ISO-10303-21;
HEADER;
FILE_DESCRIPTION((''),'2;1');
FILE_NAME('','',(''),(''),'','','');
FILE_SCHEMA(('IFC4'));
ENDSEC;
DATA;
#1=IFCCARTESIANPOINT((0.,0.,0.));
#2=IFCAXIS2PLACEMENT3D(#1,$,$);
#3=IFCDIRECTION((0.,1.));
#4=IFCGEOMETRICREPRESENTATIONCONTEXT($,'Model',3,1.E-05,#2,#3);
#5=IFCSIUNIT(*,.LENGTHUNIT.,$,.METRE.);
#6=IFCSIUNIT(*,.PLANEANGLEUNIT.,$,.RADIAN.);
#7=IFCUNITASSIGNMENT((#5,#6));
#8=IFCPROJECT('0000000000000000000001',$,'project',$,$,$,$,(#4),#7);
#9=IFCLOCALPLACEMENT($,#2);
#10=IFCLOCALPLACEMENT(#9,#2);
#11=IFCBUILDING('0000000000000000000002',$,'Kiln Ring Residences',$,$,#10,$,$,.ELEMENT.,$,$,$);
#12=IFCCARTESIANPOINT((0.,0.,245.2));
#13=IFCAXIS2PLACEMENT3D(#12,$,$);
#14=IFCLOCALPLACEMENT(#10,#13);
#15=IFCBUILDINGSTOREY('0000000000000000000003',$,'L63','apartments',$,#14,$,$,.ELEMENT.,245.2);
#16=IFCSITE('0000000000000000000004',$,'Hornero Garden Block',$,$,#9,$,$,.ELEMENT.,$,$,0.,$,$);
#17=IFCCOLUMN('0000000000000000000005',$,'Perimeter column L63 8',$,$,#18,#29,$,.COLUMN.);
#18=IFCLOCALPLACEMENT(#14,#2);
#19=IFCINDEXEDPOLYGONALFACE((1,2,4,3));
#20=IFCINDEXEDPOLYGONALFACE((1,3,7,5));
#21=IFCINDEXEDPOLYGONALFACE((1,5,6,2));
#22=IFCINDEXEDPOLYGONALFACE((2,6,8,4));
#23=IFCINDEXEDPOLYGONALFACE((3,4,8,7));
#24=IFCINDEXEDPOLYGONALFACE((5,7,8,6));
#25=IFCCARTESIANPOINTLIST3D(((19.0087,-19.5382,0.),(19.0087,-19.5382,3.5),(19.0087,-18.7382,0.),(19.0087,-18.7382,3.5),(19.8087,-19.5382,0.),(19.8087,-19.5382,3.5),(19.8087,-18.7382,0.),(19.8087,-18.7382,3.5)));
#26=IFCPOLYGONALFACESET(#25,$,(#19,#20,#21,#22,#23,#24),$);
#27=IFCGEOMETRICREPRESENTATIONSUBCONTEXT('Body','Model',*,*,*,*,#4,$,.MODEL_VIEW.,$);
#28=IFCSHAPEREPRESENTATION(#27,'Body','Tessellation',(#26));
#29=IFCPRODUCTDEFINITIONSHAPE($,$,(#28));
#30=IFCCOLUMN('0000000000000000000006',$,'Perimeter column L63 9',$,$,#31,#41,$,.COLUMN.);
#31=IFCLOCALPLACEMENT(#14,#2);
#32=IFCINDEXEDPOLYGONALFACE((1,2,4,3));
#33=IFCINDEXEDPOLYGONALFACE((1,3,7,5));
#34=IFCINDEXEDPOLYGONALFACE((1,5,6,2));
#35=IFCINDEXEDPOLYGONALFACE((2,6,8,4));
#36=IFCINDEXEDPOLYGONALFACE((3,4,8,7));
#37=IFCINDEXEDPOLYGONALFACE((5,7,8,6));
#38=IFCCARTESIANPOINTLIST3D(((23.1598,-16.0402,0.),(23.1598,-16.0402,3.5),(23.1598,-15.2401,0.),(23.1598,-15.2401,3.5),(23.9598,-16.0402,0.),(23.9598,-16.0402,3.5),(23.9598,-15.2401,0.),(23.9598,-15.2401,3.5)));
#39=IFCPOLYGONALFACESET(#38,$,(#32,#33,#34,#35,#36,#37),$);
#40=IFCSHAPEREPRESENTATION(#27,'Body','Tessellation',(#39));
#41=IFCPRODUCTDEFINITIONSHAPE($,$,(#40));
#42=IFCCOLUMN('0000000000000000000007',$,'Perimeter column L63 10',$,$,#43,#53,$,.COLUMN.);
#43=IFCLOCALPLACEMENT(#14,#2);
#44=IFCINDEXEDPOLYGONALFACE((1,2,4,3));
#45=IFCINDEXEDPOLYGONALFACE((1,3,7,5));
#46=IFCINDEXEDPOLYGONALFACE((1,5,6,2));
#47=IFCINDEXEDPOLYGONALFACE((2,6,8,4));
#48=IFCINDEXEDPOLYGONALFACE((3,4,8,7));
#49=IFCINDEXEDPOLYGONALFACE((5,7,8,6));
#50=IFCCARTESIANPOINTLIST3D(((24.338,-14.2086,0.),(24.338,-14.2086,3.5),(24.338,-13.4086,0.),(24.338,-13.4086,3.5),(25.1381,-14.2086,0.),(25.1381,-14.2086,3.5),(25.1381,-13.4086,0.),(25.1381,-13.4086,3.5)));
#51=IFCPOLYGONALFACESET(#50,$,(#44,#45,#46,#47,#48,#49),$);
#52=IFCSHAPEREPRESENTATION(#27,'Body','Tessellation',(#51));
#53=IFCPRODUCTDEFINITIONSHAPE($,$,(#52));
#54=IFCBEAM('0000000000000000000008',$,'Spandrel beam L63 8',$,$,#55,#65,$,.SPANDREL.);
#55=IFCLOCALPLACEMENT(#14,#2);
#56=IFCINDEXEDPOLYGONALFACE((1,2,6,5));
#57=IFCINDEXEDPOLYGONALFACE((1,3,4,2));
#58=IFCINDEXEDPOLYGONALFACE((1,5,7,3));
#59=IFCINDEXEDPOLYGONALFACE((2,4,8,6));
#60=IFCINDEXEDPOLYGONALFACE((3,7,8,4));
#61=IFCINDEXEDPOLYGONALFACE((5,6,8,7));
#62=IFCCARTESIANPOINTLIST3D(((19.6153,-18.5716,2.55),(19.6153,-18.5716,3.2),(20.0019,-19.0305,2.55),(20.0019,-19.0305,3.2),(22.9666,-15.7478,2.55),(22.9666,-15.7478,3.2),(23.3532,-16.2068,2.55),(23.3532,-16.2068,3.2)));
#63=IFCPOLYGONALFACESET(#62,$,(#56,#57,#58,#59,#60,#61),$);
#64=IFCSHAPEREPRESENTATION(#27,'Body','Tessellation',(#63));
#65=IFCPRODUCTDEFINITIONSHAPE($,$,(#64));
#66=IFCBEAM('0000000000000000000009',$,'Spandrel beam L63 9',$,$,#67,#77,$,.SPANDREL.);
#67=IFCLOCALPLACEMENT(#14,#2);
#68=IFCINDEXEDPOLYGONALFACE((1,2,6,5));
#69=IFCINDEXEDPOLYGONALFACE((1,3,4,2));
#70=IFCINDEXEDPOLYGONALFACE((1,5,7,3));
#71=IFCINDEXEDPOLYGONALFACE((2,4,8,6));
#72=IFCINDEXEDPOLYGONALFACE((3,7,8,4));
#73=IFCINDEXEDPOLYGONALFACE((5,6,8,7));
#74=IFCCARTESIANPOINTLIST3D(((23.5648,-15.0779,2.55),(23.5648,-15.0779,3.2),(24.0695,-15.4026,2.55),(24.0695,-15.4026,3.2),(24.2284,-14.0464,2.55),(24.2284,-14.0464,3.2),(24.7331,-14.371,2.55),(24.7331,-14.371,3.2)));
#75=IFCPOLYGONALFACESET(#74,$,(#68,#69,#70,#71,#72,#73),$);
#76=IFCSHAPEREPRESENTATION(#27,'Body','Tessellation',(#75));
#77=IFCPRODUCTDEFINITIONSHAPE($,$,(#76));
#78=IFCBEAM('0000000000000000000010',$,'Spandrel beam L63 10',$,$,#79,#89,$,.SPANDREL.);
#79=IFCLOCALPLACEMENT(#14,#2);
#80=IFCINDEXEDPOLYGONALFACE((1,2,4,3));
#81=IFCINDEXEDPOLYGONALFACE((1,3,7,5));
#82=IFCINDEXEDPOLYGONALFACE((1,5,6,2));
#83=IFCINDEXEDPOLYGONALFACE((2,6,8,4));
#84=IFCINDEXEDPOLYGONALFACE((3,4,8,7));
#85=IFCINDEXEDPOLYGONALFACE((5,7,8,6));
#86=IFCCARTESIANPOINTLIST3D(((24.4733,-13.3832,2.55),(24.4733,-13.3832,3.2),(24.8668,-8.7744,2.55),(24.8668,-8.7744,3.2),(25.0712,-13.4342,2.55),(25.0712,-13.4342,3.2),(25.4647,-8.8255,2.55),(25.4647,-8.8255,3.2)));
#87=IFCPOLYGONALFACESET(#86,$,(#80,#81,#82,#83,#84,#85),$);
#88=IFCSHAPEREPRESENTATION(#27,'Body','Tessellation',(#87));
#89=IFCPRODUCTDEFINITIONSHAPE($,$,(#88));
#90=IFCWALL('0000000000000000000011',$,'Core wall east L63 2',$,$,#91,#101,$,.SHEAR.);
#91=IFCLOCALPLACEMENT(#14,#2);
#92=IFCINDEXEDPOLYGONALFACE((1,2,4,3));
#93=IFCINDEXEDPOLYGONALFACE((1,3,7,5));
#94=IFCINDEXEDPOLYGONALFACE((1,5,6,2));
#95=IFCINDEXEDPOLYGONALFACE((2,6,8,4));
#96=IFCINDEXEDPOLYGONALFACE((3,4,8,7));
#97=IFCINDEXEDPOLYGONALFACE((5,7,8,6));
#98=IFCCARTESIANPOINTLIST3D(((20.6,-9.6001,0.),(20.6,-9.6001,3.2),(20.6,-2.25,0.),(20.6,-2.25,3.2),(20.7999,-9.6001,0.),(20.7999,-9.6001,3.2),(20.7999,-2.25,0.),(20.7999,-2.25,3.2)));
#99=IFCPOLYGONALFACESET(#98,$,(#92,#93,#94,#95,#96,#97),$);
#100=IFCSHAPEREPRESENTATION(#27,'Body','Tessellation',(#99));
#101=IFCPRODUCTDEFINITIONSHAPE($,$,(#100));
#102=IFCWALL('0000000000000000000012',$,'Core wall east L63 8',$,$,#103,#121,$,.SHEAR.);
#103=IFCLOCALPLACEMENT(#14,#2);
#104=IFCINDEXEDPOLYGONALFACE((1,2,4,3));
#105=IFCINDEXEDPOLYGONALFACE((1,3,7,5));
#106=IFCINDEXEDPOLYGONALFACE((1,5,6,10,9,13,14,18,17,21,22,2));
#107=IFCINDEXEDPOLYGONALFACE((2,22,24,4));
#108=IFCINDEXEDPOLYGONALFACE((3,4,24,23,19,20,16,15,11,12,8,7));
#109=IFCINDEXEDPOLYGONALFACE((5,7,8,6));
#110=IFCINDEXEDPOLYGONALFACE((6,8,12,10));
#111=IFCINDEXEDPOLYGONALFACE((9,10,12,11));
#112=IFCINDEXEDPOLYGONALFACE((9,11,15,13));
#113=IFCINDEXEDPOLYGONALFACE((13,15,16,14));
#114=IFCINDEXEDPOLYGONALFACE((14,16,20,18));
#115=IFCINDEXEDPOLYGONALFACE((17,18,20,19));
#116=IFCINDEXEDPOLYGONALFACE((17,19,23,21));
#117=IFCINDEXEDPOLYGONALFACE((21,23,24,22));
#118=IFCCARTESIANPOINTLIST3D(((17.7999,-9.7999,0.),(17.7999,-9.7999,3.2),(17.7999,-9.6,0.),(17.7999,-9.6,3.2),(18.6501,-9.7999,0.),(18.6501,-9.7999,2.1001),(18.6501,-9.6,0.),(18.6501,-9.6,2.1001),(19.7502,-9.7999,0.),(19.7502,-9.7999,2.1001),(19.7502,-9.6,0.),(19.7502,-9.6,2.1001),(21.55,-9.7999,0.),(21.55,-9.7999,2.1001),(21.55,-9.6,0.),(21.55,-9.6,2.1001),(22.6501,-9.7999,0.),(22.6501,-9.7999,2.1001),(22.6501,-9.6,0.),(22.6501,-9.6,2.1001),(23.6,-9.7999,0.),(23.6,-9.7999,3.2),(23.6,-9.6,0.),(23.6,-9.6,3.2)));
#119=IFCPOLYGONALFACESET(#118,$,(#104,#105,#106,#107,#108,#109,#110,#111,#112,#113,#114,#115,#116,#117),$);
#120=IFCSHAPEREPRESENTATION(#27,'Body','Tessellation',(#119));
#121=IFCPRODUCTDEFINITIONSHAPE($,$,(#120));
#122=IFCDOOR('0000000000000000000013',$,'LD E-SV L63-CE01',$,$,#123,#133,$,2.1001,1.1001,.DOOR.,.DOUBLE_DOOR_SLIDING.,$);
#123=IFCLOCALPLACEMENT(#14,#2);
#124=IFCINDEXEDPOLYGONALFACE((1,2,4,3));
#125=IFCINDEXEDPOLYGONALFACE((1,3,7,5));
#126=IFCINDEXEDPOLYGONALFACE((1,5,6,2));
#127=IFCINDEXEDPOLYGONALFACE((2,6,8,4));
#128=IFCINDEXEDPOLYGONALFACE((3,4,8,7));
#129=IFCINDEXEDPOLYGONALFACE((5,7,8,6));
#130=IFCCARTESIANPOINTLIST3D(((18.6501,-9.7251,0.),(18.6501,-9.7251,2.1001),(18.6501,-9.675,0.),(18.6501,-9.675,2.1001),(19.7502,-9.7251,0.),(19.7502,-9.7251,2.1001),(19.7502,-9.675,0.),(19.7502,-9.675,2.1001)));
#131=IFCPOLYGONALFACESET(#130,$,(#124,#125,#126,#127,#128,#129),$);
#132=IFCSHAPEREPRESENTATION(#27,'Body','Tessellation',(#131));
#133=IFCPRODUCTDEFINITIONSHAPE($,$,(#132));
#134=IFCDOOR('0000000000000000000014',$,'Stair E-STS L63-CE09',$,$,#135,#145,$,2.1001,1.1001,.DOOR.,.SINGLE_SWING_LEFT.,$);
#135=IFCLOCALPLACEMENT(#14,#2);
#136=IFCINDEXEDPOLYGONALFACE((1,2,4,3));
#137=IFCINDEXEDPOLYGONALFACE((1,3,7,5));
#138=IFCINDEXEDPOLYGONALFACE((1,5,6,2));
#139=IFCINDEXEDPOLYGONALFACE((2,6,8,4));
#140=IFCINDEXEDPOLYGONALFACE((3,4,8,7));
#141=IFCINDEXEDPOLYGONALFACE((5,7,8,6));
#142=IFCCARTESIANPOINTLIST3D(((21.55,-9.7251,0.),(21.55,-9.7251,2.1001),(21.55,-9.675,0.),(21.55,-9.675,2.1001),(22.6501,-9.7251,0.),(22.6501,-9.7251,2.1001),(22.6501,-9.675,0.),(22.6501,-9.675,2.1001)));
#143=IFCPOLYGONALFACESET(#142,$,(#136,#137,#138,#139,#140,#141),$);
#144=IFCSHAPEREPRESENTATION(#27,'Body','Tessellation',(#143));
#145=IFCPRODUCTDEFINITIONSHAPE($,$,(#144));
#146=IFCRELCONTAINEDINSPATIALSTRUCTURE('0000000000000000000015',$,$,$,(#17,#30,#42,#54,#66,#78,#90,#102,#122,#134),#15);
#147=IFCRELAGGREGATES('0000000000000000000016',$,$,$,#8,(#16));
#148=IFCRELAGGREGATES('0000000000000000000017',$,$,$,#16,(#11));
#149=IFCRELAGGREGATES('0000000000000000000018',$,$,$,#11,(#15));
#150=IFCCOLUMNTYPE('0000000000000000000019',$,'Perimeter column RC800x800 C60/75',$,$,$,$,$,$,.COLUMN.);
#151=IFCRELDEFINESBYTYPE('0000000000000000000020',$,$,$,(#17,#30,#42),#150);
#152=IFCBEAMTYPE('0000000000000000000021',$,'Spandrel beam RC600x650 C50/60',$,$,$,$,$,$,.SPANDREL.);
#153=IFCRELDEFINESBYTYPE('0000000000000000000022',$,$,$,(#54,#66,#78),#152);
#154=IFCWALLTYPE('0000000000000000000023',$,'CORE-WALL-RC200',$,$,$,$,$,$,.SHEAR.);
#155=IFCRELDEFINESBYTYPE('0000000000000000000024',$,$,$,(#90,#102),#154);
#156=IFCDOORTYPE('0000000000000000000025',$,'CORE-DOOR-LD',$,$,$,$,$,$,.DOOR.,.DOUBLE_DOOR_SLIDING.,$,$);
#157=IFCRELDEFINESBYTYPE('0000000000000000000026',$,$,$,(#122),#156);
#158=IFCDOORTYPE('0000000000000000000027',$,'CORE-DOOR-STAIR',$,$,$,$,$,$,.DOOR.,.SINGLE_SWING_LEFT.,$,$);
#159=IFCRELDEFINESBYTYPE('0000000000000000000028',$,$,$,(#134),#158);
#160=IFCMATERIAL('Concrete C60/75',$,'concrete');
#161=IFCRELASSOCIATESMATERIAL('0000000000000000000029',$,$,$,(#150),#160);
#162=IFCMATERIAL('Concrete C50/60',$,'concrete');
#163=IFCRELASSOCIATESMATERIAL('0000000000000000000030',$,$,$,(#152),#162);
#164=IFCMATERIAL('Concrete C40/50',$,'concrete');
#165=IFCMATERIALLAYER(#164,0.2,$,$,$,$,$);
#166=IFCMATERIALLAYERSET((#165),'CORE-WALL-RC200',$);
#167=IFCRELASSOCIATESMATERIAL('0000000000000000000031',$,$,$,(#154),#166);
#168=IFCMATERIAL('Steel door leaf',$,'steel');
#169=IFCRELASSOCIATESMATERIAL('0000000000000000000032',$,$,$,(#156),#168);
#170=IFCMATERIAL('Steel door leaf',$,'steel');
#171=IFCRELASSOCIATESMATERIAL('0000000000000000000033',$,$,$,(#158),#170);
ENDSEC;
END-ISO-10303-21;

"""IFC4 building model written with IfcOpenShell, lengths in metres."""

from ifc_helpers import new_model, si_unit, direction, frame, frame_2d, origin, origin_2d, place, context, subcontext, project, spatial, rectangle, extrude, material, layer, layer_set, material_profile, profile_set, type_object, element, fill, save


model = new_model("IFC4")

# Units and contexts
model_context = context("Model", 3, precision=1e-05, world=origin(), true_north=direction((0.0, 1.0)))
body_context = subcontext(model_context, "Body", "Model", "MODEL_VIEW")
ifc_project = project(units=[si_unit("LENGTHUNIT", "METRE"), si_unit("PLANEANGLEUNIT", "RADIAN")], contexts=[model_context])

# Site, building, storey
site_placement = place(None, origin())
site = spatial("IfcSite", under=ifc_project, at=site_placement, Name="Hornero Garden Block", CompositionType="ELEMENT", RefElevation=0.0)
building_placement = place(site_placement, origin())
building = spatial("IfcBuilding", under=site, at=building_placement, Name="Kiln Ring Residences", CompositionType="ELEMENT")
storey_placement = place(building_placement, frame((0.0, 0.0, 245.2)))
storey = spatial("IfcBuildingStorey", under=building, at=storey_placement, Name="L63", Description="apartments", CompositionType="ELEMENT", Elevation=245.2)

# Columns
ifc_material_1 = material(Name="Concrete C60/75", Category="concrete")
ifc_material_profile_1 = material_profile(ifc_material_1, rectangle(XDim=0.8, YDim=0.8, at=origin_2d()), Name="RC800x800")
ifc_profile_set_1 = profile_set([ifc_material_profile_1], Name="Concrete C60/75")
column_type = type_object("IfcColumnType", Name="Perimeter column RC800x800 C60/75", PredefinedType="COLUMN", material=ifc_profile_set_1)
for number, where, z_axis, x_axis, name in (
    (1, (19.4087, -19.1382, 0.0), (0.0, 0.0, 1.0), (1.0, 0.0, 0.0), "Perimeter column L63 8"),
    (2, (23.5598, -15.6401, 0.0), (0.0, 0.0, 1.0), (1.0, 0.0, 0.0), "Perimeter column L63 9"),
    (3, (24.738, -13.8086, 0.0), (0.0, 0.0, 1.0), (1.0, 0.0, 0.0), "Perimeter column L63 10"),
):
    element("IfcColumn", number, at=place(storey_placement, frame(where, z_axis=z_axis, x_axis=x_axis)), inside=storey, type_object=column_type, Name=name, PredefinedType="COLUMN", context=body_context, shape_type="SweptSolid", body=[
        extrude(rectangle(XDim=0.8, YDim=0.8, at=origin_2d()), origin(), (0.0, 0.0, 1.0), 3.5),
    ])

# Beams
ifc_material_2 = material(Name="Concrete C50/60", Category="concrete")
ifc_material_profile_2 = material_profile(ifc_material_2, rectangle(XDim=0.6001, YDim=0.6499, at=origin_2d()), Name="RC600x650")
ifc_profile_set_2 = profile_set([ifc_material_profile_2], Name="Concrete C50/60")
beam_type = type_object("IfcBeamType", Name="Spandrel beam RC600x650 C50/60", PredefinedType="SPANDREL", material=ifc_profile_set_2)
beam_1_placement = place(storey_placement, frame((19.8086, -18.801, 2.875), z_axis=(0.764735, 0.644345, 0.0), x_axis=(-0.644345, 0.764735, 0.0)))
element("IfcBeam", 4, at=beam_1_placement, inside=storey, type_object=beam_type, Name="Spandrel beam L63 8", PredefinedType="SPANDREL", context=body_context, shape_type="SweptSolid", body=[
    extrude(rectangle(XDim=0.6001, YDim=0.6499, at=origin_2d()), origin(), (0.0, 0.0, 1.0), 4.3823),
])
beam_2_placement = place(storey_placement, frame((23.8171, -15.2402, 2.875), z_axis=(0.541029, 0.841004, 0.0), x_axis=(-0.841004, 0.541029, 0.0)))
element("IfcBeam", 5, at=beam_2_placement, inside=storey, type_object=beam_type, Name="Spandrel beam L63 9", PredefinedType="SPANDREL", context=body_context, shape_type="SweptSolid", body=[
    extrude(rectangle(XDim=0.6001, YDim=0.6499, at=origin_2d()), origin(), (0.0, 0.0, 1.0), 1.2266),
])
beam_3_placement = place(storey_placement, frame((24.7722, -13.4087, 2.875), z_axis=(0.085085, 0.996374, 0.0), x_axis=(-0.996374, 0.085085, 0.0)))
element("IfcBeam", 6, at=beam_3_placement, inside=storey, type_object=beam_type, Name="Spandrel beam L63 10", PredefinedType="SPANDREL", context=body_context, shape_type="SweptSolid", body=[
    extrude(rectangle(XDim=0.6001, YDim=0.6499, at=origin_2d()), origin(), (0.0, 0.0, 1.0), 4.6255),
])

# Wall
ifc_material_3 = material(Name="Concrete C40/50", Category="concrete")
ifc_layer_1 = layer(ifc_material_3, 0.2)
ifc_layer_set_1 = layer_set([ifc_layer_1], Name="CORE-WALL-RC200")
wall_type_1 = type_object("IfcWallType", Name="CORE-WALL-RC200", PredefinedType="SHEAR", material=ifc_layer_set_1)
wall_1_placement = place(storey_placement, frame((20.7, -9.6001, 0.0), z_axis=(0.0, 0.0, 1.0), x_axis=(0.0, 1.0, 0.0)))
element("IfcWall", 7, at=wall_1_placement, inside=storey, type_object=wall_type_1, Name="Core wall east L63 2", PredefinedType="SHEAR", context=body_context, shape_type="SweptSolid", body=[
    extrude(rectangle(XDim=7.3501, YDim=0.2, at=frame_2d((3.675, 0.0))), origin(), (0.0, 0.0, 1.0), 3.2),
])

# Wall, openings, doors
wall_2_placement = place(storey_placement, frame((17.8, -9.7, 0.0), z_axis=(0.0, 0.0, 1.0), x_axis=(1.0, 0.0, 0.0)))
wall_2 = element("IfcWall", 8, at=wall_2_placement, inside=storey, type_object=wall_type_1, Name="Core wall east L63 8", PredefinedType="SHEAR", context=body_context, shape_type="SweptSolid", body=[
    extrude(rectangle(XDim=5.8, YDim=0.2, at=frame_2d((2.8999, 0.0))), origin(), (0.0, 0.0, 1.0), 3.2),
])
opening_1_placement = place(wall_2_placement, frame((0.8501, 0.0, 0.0)))
opening_1 = element("IfcOpeningElement", 9, at=opening_1_placement, cuts=wall_2, PredefinedType="OPENING", context=body_context, shape_type="SweptSolid", body=[
    extrude(rectangle(XDim=1.1001, YDim=2.1001, at=frame_2d((0.55, 1.05))), frame((0.0, 0.1099, 0.0), z_axis=(0.0, -1.0, 0.0), x_axis=(1.0, 0.0, 0.0)), (0.0, 0.0, 1.0), 0.22),
])
opening_2_placement = place(wall_2_placement, frame((3.75, 0.0, 0.0)))
opening_2 = element("IfcOpeningElement", 10, at=opening_2_placement, cuts=wall_2, PredefinedType="OPENING", context=body_context, shape_type="SweptSolid", body=[
    extrude(rectangle(XDim=1.1001, YDim=2.1001, at=frame_2d((0.55, 1.05))), frame((0.0, 0.1099, 0.0), z_axis=(0.0, -1.0, 0.0), x_axis=(1.0, 0.0, 0.0)), (0.0, 0.0, 1.0), 0.22),
])
ifc_material_4 = material(Name="Steel door leaf", Category="steel")
door_type_1 = type_object("IfcDoorType", Name="CORE-DOOR-LD", OperationType="DOUBLE_DOOR_SLIDING", PredefinedType="DOOR", material=ifc_material_4)
door_1_placement = place(opening_1_placement, origin())
door_1 = element("IfcDoor", 11, at=door_1_placement, inside=storey, type_object=door_type_1, Name="LD E-SV L63-CE01", OperationType="DOUBLE_DOOR_SLIDING", OverallHeight=2.1001, OverallWidth=1.1001, PredefinedType="DOOR", context=body_context, shape_type="SweptSolid", body=[
    extrude(rectangle(XDim=1.1001, YDim=2.1001, at=frame_2d((0.55, 1.05))), frame((0.0, 0.0249, 0.0), z_axis=(0.0, -1.0, 0.0), x_axis=(1.0, 0.0, 0.0)), (0.0, 0.0, 1.0), 0.05),
])
fill(opening_1, door_1)
ifc_material_5 = material(Name="Steel door leaf", Category="steel")
door_type_2 = type_object("IfcDoorType", Name="CORE-DOOR-STAIR", OperationType="SINGLE_SWING_LEFT", PredefinedType="DOOR", material=ifc_material_5)
door_2_placement = place(opening_2_placement, origin())
door_2 = element("IfcDoor", 12, at=door_2_placement, inside=storey, type_object=door_type_2, Name="Stair E-STS L63-CE09", OperationType="SINGLE_SWING_LEFT", OverallHeight=2.1001, OverallWidth=1.1001, PredefinedType="DOOR", context=body_context, shape_type="SweptSolid", body=[
    extrude(rectangle(XDim=1.1001, YDim=2.1001, at=frame_2d((0.55, 1.05))), frame((0.0, 0.0249, 0.0), z_axis=(0.0, -1.0, 0.0), x_axis=(1.0, 0.0, 0.0)), (0.0, 0.0, 1.0), 0.05),
])
fill(opening_2, door_2)

save(model, "model.ifc")
